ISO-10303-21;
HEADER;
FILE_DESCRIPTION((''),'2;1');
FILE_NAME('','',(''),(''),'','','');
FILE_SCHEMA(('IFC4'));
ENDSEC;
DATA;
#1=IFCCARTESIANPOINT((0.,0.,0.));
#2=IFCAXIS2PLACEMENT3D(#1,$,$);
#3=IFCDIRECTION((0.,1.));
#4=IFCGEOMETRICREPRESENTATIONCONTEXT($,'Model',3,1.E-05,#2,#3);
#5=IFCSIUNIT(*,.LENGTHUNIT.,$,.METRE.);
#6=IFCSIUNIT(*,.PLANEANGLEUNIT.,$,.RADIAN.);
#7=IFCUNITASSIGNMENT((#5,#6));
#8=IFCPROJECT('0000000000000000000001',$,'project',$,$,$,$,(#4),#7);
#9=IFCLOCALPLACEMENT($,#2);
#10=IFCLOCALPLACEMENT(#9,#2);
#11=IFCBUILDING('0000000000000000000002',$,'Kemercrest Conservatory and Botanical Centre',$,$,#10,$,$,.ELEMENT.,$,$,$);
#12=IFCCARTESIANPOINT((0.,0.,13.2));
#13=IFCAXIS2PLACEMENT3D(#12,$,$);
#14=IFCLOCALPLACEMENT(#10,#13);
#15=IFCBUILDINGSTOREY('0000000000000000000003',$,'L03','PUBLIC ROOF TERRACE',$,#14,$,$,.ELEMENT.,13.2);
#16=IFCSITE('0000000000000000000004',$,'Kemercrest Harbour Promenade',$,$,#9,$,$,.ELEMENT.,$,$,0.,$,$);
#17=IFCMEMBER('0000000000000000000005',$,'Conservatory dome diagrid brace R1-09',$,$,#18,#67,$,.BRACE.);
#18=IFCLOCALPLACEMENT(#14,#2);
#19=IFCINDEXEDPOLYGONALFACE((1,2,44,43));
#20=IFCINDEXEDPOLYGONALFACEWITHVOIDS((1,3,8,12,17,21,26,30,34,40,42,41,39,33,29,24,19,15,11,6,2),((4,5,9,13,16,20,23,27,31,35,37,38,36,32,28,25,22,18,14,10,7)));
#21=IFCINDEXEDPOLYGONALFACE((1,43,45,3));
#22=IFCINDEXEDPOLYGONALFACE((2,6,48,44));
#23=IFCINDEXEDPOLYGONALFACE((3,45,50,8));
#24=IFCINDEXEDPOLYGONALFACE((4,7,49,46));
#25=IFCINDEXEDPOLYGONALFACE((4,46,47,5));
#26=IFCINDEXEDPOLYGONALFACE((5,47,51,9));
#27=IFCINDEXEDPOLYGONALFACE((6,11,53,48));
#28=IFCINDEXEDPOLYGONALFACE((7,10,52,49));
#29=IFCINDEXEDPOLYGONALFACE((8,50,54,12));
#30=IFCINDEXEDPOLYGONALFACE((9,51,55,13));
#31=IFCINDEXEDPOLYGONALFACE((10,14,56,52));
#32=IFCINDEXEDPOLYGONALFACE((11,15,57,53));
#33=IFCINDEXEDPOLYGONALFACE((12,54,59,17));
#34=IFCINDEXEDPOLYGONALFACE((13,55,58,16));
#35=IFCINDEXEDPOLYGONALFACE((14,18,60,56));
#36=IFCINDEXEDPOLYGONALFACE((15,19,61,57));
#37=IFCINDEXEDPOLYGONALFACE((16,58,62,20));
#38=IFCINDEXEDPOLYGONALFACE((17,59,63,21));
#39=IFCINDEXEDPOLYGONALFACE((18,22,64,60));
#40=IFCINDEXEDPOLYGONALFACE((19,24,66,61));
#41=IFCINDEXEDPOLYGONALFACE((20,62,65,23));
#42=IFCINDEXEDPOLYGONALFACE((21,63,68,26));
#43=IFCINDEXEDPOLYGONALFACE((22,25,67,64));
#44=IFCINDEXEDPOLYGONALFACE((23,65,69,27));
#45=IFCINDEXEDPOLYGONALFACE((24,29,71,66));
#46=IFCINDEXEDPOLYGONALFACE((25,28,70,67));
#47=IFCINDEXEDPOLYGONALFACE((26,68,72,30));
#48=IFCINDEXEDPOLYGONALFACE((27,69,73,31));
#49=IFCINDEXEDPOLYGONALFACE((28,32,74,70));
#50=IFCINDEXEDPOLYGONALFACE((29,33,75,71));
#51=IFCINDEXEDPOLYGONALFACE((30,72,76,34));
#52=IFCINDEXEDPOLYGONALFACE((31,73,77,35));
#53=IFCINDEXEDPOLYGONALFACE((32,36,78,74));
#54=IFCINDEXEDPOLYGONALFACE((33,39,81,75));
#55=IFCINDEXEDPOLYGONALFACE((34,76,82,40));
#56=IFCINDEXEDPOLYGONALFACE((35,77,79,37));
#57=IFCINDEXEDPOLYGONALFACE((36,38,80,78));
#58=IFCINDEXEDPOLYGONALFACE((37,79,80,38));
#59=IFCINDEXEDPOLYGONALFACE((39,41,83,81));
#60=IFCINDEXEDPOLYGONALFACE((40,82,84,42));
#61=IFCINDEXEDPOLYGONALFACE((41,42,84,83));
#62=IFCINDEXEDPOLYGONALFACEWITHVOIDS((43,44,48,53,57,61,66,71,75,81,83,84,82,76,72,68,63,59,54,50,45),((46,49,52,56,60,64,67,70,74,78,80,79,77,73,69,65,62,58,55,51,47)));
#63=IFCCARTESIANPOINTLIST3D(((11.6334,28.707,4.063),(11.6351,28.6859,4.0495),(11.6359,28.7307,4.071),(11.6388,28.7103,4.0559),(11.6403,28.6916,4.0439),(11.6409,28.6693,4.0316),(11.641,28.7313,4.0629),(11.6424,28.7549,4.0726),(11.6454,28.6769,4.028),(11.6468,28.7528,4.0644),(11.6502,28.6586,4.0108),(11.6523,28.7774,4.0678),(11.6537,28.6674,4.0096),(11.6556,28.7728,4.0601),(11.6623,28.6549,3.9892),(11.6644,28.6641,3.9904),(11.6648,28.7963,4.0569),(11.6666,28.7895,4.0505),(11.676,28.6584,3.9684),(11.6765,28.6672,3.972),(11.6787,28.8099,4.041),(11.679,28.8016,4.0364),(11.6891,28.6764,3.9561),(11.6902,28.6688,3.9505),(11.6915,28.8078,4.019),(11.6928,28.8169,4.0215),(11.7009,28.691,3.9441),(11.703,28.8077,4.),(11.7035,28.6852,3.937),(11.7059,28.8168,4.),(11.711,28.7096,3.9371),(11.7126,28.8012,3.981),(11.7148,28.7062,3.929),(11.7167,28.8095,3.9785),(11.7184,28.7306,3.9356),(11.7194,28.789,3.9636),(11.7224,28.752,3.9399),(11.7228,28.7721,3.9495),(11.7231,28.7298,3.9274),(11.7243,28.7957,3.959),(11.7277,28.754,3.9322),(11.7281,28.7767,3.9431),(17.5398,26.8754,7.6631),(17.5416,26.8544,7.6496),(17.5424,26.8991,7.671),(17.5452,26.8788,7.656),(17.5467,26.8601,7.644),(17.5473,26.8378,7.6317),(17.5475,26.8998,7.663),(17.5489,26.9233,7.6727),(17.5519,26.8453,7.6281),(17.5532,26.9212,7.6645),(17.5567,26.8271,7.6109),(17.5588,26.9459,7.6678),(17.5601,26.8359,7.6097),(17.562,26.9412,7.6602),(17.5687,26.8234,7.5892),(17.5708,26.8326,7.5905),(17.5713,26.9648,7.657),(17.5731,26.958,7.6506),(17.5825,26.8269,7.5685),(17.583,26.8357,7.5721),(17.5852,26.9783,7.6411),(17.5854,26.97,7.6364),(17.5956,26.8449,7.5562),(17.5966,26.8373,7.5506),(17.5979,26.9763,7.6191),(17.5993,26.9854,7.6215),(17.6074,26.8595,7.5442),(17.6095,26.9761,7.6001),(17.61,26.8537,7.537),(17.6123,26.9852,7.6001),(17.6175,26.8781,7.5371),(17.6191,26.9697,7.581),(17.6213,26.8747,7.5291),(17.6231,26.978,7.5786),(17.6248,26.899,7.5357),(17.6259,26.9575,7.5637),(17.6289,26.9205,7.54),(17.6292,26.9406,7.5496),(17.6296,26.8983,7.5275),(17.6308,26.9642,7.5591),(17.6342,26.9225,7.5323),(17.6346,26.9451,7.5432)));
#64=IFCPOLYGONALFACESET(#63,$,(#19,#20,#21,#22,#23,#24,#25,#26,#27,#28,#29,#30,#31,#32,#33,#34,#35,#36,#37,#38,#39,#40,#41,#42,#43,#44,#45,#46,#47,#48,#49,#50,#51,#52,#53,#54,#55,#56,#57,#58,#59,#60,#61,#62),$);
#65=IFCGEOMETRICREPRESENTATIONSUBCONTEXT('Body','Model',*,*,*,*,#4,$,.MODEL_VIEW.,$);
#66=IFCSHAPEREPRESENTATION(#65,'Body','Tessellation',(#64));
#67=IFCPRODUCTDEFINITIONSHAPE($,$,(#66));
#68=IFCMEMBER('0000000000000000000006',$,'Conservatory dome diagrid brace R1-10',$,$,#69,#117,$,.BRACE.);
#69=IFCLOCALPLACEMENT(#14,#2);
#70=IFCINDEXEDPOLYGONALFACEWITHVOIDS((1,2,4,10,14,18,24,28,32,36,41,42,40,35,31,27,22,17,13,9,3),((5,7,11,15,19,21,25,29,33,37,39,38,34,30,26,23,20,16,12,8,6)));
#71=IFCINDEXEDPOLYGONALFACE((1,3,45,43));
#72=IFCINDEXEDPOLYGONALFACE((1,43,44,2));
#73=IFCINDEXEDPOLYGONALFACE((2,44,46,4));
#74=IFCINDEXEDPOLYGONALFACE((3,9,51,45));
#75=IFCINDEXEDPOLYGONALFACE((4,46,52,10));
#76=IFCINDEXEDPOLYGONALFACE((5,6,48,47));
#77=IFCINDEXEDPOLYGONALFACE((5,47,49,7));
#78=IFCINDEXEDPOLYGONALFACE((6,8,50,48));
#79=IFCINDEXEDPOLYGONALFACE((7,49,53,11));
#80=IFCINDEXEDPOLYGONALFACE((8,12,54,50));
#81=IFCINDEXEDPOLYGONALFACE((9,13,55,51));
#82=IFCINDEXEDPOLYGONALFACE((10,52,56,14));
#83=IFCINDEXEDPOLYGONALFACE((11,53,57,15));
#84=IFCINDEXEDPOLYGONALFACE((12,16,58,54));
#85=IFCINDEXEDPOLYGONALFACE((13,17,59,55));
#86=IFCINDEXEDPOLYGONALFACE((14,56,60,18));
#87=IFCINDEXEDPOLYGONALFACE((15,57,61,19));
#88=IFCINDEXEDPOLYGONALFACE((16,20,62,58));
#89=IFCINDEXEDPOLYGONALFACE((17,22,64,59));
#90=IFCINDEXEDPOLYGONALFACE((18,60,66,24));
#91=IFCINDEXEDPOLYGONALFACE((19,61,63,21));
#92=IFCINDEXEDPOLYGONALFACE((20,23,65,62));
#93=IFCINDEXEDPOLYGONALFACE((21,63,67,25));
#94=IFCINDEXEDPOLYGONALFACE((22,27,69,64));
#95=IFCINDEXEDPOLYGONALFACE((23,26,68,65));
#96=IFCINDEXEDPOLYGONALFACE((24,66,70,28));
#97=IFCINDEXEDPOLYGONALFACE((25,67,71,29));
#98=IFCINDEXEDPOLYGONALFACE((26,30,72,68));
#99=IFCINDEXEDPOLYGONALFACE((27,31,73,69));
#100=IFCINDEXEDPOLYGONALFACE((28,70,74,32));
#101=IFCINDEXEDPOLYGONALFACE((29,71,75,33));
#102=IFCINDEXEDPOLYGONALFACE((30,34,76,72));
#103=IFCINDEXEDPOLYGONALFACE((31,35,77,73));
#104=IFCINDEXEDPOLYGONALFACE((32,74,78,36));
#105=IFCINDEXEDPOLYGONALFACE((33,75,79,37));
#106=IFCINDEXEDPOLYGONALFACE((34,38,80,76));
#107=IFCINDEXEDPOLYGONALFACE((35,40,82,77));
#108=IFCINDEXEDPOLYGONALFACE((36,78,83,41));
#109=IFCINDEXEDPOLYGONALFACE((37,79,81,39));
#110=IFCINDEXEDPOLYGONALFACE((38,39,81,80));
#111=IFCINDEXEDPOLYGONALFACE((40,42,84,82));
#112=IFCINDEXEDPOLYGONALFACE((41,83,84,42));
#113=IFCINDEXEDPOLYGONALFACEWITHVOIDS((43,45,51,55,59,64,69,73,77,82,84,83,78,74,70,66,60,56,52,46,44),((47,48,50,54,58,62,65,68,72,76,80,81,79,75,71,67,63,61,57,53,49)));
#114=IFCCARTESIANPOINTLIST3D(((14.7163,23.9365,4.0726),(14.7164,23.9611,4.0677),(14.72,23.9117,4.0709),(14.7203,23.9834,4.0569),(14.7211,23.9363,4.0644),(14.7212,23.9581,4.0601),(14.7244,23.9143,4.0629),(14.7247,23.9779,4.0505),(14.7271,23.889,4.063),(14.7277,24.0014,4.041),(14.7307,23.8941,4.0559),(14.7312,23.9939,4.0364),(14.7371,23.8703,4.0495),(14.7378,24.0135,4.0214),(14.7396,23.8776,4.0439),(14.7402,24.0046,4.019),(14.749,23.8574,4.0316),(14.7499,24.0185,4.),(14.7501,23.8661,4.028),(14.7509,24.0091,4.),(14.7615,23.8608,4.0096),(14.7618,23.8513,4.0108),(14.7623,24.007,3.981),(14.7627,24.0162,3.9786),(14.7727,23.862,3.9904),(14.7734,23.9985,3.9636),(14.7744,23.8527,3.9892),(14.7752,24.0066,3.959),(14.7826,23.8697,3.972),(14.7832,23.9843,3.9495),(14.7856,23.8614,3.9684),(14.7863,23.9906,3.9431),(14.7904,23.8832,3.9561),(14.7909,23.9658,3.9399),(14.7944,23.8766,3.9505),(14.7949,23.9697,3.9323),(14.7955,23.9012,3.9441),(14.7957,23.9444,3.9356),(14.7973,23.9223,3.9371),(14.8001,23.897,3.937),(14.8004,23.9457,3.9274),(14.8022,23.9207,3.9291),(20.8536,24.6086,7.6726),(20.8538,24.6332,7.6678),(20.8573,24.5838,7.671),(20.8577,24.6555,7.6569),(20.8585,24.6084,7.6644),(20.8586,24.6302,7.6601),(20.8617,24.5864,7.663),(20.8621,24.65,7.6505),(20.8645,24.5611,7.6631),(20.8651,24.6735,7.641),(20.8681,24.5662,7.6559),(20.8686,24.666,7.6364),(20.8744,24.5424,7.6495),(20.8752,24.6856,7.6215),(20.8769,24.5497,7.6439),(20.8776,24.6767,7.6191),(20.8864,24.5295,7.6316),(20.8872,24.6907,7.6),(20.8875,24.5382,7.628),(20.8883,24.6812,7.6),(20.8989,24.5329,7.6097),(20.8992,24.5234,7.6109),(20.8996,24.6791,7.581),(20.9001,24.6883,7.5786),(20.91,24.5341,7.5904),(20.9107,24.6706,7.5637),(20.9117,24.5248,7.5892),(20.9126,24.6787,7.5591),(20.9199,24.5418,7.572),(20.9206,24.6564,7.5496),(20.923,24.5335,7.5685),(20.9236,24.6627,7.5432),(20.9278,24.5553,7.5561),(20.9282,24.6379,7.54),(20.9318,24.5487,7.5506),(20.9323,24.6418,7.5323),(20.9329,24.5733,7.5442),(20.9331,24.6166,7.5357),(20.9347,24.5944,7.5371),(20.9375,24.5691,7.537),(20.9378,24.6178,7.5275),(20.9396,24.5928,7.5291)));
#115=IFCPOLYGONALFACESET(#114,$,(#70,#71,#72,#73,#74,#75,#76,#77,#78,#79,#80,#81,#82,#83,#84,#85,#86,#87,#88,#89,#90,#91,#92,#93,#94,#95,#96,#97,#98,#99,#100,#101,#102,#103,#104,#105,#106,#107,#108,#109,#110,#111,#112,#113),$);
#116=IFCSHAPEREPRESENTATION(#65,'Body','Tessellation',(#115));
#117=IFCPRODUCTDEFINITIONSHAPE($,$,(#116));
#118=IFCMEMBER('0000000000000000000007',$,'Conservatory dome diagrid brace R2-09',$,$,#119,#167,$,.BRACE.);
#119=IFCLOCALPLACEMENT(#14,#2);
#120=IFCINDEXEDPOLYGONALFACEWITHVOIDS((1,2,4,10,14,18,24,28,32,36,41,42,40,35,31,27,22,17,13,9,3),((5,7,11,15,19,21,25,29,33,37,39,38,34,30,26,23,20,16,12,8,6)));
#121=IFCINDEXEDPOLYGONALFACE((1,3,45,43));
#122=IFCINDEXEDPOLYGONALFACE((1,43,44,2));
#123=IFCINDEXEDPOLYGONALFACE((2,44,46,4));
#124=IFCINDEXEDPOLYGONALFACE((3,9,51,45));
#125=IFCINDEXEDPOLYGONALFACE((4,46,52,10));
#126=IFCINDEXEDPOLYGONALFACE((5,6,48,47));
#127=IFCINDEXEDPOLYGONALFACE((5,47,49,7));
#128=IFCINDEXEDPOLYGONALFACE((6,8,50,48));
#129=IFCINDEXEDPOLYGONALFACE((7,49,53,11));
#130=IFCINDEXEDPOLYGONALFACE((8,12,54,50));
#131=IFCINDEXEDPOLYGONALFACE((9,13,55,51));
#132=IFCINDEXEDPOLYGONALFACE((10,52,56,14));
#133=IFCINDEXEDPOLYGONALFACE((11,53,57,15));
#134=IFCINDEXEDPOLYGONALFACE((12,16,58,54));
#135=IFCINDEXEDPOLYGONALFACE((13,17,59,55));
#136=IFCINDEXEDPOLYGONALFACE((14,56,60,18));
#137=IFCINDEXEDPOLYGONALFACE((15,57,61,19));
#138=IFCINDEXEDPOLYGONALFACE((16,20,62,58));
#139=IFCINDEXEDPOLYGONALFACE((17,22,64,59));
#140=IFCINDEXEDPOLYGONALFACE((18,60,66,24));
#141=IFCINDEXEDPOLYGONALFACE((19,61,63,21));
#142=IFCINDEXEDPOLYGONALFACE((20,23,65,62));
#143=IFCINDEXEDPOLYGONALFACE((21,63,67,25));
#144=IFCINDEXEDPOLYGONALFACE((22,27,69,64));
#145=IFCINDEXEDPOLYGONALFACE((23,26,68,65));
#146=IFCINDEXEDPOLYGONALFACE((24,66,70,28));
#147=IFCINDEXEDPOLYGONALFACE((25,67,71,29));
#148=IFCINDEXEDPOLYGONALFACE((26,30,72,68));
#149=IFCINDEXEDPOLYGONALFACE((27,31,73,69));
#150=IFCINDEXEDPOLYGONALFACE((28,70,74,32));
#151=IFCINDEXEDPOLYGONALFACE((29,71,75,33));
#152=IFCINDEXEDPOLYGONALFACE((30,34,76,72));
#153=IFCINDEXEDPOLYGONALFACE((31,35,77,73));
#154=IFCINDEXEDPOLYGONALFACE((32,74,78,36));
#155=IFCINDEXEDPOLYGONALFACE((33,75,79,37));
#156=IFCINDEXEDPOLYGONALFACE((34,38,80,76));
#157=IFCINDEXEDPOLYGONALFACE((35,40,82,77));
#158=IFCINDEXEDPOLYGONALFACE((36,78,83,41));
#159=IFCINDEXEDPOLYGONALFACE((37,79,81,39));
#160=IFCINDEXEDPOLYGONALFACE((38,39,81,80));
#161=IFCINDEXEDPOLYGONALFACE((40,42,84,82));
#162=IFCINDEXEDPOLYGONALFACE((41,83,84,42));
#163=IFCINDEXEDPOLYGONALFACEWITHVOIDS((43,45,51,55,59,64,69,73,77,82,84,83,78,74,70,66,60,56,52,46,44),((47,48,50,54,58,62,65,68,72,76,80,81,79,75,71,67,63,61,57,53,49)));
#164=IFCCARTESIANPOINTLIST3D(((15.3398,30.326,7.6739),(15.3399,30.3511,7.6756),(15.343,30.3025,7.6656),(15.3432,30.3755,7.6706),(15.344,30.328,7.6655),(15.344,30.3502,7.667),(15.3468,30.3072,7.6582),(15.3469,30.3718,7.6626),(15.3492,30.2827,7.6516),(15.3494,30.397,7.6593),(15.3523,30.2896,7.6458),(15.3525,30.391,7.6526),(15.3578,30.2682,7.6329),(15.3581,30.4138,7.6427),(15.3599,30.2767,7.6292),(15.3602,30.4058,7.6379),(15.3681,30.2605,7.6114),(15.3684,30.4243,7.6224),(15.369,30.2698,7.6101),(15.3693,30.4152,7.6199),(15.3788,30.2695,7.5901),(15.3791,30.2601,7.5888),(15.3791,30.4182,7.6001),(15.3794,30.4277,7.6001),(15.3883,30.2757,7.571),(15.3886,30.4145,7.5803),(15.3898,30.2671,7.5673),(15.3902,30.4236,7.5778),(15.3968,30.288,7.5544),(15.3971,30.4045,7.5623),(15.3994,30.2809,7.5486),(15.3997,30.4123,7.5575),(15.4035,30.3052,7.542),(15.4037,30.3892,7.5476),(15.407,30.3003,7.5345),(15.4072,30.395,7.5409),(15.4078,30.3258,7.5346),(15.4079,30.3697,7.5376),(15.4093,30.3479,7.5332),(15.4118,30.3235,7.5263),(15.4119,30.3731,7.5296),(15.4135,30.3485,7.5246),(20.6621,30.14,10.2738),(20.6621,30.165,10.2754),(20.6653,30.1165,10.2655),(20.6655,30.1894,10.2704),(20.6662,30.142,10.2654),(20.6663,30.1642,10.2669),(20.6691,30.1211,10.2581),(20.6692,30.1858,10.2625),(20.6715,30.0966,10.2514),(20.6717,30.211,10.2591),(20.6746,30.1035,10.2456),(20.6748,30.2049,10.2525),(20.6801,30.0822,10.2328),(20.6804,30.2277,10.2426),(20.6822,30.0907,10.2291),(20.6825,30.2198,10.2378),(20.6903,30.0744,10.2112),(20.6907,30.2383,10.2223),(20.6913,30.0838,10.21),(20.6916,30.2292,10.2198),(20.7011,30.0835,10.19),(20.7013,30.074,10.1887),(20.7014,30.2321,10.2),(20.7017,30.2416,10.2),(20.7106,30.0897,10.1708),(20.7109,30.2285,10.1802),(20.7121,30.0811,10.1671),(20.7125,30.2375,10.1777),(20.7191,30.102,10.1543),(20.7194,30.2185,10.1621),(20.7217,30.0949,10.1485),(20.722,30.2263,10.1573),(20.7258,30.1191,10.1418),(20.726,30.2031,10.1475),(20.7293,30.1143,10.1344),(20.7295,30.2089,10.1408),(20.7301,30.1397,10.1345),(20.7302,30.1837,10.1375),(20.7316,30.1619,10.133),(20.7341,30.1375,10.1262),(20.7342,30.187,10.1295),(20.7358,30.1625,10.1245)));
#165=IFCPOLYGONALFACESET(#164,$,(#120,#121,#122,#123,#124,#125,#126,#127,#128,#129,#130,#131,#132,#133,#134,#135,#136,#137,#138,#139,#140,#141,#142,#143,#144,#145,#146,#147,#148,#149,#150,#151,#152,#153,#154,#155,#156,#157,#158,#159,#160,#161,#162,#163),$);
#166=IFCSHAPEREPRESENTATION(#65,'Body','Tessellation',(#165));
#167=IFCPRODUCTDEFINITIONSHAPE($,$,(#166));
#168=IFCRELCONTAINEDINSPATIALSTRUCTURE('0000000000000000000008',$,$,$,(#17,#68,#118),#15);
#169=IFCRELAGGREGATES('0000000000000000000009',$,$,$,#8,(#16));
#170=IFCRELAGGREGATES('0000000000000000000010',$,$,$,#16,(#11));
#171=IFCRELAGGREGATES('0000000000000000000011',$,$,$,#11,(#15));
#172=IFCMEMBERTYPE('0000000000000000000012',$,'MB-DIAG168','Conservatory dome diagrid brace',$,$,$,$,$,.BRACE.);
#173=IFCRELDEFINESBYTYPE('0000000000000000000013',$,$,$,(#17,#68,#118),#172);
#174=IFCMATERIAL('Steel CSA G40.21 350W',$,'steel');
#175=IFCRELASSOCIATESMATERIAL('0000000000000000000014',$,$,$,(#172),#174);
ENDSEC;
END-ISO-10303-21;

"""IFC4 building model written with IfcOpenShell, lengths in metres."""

from ifc_helpers import new_model, si_unit, direction, frame, origin, origin_2d, place, context, subcontext, project, spatial, hollow_circle, extrude, material, material_profile, profile_set, type_object, element, save


model = new_model("IFC4")

# Units and contexts
model_context = context("Model", 3, precision=1e-05, world=origin(), true_north=direction((0.0, 1.0)))
body_context = subcontext(model_context, "Body", "Model", "MODEL_VIEW")
ifc_project = project(units=[si_unit("LENGTHUNIT", "METRE"), si_unit("PLANEANGLEUNIT", "RADIAN")], contexts=[model_context])

# Site, building, storey
site_placement = place(None, origin())
site = spatial("IfcSite", under=ifc_project, at=site_placement, Name="Kemercrest Harbour Promenade", CompositionType="ELEMENT", RefElevation=0.0)
building_placement = place(site_placement, origin())
building = spatial("IfcBuilding", under=site, at=building_placement, Name="Kemercrest Conservatory and Botanical Centre", CompositionType="ELEMENT")
storey_placement = place(building_placement, frame((0.0, 0.0, 13.2)))
storey = spatial("IfcBuildingStorey", under=building, at=storey_placement, Name="L03", Description="PUBLIC ROOF TERRACE", CompositionType="ELEMENT", Elevation=13.2)

# Shared definitions
ifc_material_1 = material(Name="Steel CSA G40.21 350W", Category="steel")

# Members
ifc_material_profile_1 = material_profile(ifc_material_1, hollow_circle(Radius=0.0842, WallThickness=0.0095, at=origin_2d()), Name="CHS 168.3x9.5")
ifc_profile_set_1 = profile_set([ifc_material_profile_1], Name="Steel CSA G40.21 350W")
member_type_1 = type_object("IfcMemberType", Name="MB-DIAG168", Description="Conservatory dome diagrid brace", PredefinedType="BRACE", material=ifc_profile_set_1)
member_1_placement = place(storey_placement, frame((11.6809, 28.7363, 4.0), z_axis=(0.825442, -0.255961, 0.503119), x_axis=(0.296177, 0.955133, 0.0)))
element("IfcMember", 1, at=member_1_placement, inside=storey, type_object=member_type_1, Name="Conservatory dome diagrid brace R1-09", PredefinedType="BRACE", context=body_context, shape_type="SweptSolid", body=[
    extrude(hollow_circle(Radius=0.0842, WallThickness=0.0095, at=origin_2d()), origin(), (0.0, 0.0, 1.0), 7.1555),
])
member_2_placement = place(storey_placement, frame((14.759, 23.9348, 4.0), z_axis=(0.858735, 0.094041, 0.503716), x_axis=(-0.10886, 0.994057, 0.0)))
element("IfcMember", 2, at=member_2_placement, inside=storey, type_object=member_type_1, Name="Conservatory dome diagrid brace R1-10", PredefinedType="BRACE", context=body_context, shape_type="SweptSolid", body=[
    extrude(hollow_circle(Radius=0.0842, WallThickness=0.0095, at=origin_2d()), origin(), (0.0, 0.0, 1.0), 7.147),
])
member_3_placement = place(storey_placement, frame((15.3765, 30.3435, 7.6001), z_axis=(0.898084, -0.031392, 0.438702), x_axis=(0.034933, 0.99939, 0.0)))
element("IfcMember", 3, at=member_3_placement, inside=storey, type_object=member_type_1, Name="Conservatory dome diagrid brace R2-09", PredefinedType="BRACE", context=body_context, shape_type="SweptSolid", body=[
    extrude(hollow_circle(Radius=0.0842, WallThickness=0.0095, at=origin_2d()), origin(), (0.0, 0.0, 1.0), 5.9263),
])

save(model, "model.ifc")
